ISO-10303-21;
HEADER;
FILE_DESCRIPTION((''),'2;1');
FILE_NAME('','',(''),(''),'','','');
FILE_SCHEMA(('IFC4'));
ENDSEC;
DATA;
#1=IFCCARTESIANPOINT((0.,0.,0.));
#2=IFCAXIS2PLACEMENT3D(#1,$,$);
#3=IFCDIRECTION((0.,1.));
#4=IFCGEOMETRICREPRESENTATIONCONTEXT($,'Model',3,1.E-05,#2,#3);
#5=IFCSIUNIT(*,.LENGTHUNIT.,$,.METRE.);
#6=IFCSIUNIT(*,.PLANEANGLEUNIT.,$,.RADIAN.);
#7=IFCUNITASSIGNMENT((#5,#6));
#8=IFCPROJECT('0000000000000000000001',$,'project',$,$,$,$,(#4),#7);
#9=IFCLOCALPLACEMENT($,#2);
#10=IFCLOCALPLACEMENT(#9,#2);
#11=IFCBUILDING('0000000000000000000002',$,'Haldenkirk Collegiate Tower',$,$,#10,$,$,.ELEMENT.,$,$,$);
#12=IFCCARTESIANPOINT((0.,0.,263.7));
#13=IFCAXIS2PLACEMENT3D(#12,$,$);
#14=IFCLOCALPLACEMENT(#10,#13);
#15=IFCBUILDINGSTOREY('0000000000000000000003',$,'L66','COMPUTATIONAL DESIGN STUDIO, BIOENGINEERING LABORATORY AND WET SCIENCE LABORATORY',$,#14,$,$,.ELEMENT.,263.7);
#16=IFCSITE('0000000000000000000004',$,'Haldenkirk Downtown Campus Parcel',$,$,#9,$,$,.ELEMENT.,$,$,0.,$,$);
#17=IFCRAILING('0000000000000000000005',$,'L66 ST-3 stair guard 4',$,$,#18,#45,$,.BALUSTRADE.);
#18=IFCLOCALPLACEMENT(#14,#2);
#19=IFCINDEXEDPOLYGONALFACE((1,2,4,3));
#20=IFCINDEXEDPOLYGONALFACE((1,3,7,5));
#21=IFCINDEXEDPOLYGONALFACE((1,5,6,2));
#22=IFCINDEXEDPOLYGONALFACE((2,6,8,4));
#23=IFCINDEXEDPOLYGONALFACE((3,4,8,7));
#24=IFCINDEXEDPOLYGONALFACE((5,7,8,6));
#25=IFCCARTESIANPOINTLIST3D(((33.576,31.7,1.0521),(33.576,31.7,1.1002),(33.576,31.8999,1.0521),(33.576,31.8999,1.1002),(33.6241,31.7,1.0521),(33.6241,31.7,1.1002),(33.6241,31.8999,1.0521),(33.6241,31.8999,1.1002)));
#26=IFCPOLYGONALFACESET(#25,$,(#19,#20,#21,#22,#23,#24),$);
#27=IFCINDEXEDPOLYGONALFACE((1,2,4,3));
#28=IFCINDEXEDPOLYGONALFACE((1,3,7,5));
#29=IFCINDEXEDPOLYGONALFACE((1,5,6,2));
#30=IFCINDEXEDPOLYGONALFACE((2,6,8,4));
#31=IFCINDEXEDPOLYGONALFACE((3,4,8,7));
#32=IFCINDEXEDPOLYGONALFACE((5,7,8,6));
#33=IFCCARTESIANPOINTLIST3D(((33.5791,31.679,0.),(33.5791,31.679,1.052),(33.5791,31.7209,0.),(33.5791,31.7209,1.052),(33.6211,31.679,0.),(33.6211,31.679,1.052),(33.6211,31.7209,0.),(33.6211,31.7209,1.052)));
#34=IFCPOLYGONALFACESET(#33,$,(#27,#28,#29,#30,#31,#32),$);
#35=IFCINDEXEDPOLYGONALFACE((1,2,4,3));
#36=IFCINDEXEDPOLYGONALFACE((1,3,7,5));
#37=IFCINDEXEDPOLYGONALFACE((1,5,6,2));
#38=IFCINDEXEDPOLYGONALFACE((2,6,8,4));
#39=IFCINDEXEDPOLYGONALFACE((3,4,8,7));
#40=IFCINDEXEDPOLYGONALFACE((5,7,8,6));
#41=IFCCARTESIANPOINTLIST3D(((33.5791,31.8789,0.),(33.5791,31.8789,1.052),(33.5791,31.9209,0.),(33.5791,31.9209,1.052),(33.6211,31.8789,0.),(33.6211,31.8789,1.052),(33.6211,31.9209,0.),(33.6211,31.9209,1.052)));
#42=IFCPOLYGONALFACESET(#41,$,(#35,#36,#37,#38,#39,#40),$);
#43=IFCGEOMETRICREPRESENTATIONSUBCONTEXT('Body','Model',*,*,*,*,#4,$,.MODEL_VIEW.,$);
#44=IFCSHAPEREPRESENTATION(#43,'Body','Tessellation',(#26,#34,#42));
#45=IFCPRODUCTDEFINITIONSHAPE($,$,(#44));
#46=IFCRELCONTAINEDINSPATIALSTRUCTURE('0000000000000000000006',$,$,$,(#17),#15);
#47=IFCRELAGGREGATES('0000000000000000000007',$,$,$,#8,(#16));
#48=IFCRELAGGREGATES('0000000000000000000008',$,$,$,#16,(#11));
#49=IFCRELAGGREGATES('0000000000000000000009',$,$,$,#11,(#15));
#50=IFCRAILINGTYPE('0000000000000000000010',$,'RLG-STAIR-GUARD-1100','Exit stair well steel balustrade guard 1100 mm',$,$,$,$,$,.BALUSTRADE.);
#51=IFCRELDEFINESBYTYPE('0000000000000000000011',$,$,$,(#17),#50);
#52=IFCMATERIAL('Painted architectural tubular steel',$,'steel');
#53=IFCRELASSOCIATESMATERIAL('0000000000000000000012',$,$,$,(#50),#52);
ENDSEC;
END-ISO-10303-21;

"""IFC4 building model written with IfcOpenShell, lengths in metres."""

from ifc_helpers import new_model, si_unit, direction, frame, origin, origin_2d, place, context, subcontext, project, spatial, rectangle, extrude, material, type_object, element, save


model = new_model("IFC4")

# Units and contexts
model_context = context("Model", 3, precision=1e-05, world=origin(), true_north=direction((0.0, 1.0)))
body_context = subcontext(model_context, "Body", "Model", "MODEL_VIEW")
ifc_project = project(units=[si_unit("LENGTHUNIT", "METRE"), si_unit("PLANEANGLEUNIT", "RADIAN")], contexts=[model_context])

# Site, building, storey
site_placement = place(None, origin())
site = spatial("IfcSite", under=ifc_project, at=site_placement, Name="Haldenkirk Downtown Campus Parcel", CompositionType="ELEMENT", RefElevation=0.0)
building_placement = place(site_placement, origin())
building = spatial("IfcBuilding", under=site, at=building_placement, Name="Haldenkirk Collegiate Tower", CompositionType="ELEMENT")
storey_placement = place(building_placement, frame((0.0, 0.0, 263.7)))
storey = spatial("IfcBuildingStorey", under=building, at=storey_placement, Name="L66", Description="COMPUTATIONAL DESIGN STUDIO, BIOENGINEERING LABORATORY AND WET SCIENCE LABORATORY", CompositionType="ELEMENT", Elevation=263.7)

# Railing
ifc_material_1 = material(Name="Painted architectural tubular steel", Category="steel")
railing_type = type_object("IfcRailingType", Name="RLG-STAIR-GUARD-1100", Description="Exit stair well steel balustrade guard 1100 mm", PredefinedType="BALUSTRADE", material=ifc_material_1)
railing_1_placement = place(storey_placement, frame((33.6001, 31.7, 0.0)))
element("IfcRailing", 1, at=railing_1_placement, inside=storey, type_object=railing_type, Name="L66 ST-3 stair guard 4", PredefinedType="BALUSTRADE", context=body_context, shape_type="SweptSolid", body=[
    extrude(rectangle(XDim=0.0481, YDim=0.0481, at=origin_2d()), frame((0.0, 0.0, 1.0762), z_axis=(0.0, 1.0, 0.0), x_axis=(-1.0, 0.0, 0.0)), (0.0, 0.0, 1.0), 0.2),
    extrude(rectangle(XDim=0.042, YDim=0.042, at=origin_2d()), origin(), (0.0, 0.0, 1.0), 1.052),
    extrude(rectangle(XDim=0.042, YDim=0.042, at=origin_2d()), frame((0.0, 0.2, 0.0)), (0.0, 0.0, 1.0), 1.052),
])

save(model, "model.ifc")
